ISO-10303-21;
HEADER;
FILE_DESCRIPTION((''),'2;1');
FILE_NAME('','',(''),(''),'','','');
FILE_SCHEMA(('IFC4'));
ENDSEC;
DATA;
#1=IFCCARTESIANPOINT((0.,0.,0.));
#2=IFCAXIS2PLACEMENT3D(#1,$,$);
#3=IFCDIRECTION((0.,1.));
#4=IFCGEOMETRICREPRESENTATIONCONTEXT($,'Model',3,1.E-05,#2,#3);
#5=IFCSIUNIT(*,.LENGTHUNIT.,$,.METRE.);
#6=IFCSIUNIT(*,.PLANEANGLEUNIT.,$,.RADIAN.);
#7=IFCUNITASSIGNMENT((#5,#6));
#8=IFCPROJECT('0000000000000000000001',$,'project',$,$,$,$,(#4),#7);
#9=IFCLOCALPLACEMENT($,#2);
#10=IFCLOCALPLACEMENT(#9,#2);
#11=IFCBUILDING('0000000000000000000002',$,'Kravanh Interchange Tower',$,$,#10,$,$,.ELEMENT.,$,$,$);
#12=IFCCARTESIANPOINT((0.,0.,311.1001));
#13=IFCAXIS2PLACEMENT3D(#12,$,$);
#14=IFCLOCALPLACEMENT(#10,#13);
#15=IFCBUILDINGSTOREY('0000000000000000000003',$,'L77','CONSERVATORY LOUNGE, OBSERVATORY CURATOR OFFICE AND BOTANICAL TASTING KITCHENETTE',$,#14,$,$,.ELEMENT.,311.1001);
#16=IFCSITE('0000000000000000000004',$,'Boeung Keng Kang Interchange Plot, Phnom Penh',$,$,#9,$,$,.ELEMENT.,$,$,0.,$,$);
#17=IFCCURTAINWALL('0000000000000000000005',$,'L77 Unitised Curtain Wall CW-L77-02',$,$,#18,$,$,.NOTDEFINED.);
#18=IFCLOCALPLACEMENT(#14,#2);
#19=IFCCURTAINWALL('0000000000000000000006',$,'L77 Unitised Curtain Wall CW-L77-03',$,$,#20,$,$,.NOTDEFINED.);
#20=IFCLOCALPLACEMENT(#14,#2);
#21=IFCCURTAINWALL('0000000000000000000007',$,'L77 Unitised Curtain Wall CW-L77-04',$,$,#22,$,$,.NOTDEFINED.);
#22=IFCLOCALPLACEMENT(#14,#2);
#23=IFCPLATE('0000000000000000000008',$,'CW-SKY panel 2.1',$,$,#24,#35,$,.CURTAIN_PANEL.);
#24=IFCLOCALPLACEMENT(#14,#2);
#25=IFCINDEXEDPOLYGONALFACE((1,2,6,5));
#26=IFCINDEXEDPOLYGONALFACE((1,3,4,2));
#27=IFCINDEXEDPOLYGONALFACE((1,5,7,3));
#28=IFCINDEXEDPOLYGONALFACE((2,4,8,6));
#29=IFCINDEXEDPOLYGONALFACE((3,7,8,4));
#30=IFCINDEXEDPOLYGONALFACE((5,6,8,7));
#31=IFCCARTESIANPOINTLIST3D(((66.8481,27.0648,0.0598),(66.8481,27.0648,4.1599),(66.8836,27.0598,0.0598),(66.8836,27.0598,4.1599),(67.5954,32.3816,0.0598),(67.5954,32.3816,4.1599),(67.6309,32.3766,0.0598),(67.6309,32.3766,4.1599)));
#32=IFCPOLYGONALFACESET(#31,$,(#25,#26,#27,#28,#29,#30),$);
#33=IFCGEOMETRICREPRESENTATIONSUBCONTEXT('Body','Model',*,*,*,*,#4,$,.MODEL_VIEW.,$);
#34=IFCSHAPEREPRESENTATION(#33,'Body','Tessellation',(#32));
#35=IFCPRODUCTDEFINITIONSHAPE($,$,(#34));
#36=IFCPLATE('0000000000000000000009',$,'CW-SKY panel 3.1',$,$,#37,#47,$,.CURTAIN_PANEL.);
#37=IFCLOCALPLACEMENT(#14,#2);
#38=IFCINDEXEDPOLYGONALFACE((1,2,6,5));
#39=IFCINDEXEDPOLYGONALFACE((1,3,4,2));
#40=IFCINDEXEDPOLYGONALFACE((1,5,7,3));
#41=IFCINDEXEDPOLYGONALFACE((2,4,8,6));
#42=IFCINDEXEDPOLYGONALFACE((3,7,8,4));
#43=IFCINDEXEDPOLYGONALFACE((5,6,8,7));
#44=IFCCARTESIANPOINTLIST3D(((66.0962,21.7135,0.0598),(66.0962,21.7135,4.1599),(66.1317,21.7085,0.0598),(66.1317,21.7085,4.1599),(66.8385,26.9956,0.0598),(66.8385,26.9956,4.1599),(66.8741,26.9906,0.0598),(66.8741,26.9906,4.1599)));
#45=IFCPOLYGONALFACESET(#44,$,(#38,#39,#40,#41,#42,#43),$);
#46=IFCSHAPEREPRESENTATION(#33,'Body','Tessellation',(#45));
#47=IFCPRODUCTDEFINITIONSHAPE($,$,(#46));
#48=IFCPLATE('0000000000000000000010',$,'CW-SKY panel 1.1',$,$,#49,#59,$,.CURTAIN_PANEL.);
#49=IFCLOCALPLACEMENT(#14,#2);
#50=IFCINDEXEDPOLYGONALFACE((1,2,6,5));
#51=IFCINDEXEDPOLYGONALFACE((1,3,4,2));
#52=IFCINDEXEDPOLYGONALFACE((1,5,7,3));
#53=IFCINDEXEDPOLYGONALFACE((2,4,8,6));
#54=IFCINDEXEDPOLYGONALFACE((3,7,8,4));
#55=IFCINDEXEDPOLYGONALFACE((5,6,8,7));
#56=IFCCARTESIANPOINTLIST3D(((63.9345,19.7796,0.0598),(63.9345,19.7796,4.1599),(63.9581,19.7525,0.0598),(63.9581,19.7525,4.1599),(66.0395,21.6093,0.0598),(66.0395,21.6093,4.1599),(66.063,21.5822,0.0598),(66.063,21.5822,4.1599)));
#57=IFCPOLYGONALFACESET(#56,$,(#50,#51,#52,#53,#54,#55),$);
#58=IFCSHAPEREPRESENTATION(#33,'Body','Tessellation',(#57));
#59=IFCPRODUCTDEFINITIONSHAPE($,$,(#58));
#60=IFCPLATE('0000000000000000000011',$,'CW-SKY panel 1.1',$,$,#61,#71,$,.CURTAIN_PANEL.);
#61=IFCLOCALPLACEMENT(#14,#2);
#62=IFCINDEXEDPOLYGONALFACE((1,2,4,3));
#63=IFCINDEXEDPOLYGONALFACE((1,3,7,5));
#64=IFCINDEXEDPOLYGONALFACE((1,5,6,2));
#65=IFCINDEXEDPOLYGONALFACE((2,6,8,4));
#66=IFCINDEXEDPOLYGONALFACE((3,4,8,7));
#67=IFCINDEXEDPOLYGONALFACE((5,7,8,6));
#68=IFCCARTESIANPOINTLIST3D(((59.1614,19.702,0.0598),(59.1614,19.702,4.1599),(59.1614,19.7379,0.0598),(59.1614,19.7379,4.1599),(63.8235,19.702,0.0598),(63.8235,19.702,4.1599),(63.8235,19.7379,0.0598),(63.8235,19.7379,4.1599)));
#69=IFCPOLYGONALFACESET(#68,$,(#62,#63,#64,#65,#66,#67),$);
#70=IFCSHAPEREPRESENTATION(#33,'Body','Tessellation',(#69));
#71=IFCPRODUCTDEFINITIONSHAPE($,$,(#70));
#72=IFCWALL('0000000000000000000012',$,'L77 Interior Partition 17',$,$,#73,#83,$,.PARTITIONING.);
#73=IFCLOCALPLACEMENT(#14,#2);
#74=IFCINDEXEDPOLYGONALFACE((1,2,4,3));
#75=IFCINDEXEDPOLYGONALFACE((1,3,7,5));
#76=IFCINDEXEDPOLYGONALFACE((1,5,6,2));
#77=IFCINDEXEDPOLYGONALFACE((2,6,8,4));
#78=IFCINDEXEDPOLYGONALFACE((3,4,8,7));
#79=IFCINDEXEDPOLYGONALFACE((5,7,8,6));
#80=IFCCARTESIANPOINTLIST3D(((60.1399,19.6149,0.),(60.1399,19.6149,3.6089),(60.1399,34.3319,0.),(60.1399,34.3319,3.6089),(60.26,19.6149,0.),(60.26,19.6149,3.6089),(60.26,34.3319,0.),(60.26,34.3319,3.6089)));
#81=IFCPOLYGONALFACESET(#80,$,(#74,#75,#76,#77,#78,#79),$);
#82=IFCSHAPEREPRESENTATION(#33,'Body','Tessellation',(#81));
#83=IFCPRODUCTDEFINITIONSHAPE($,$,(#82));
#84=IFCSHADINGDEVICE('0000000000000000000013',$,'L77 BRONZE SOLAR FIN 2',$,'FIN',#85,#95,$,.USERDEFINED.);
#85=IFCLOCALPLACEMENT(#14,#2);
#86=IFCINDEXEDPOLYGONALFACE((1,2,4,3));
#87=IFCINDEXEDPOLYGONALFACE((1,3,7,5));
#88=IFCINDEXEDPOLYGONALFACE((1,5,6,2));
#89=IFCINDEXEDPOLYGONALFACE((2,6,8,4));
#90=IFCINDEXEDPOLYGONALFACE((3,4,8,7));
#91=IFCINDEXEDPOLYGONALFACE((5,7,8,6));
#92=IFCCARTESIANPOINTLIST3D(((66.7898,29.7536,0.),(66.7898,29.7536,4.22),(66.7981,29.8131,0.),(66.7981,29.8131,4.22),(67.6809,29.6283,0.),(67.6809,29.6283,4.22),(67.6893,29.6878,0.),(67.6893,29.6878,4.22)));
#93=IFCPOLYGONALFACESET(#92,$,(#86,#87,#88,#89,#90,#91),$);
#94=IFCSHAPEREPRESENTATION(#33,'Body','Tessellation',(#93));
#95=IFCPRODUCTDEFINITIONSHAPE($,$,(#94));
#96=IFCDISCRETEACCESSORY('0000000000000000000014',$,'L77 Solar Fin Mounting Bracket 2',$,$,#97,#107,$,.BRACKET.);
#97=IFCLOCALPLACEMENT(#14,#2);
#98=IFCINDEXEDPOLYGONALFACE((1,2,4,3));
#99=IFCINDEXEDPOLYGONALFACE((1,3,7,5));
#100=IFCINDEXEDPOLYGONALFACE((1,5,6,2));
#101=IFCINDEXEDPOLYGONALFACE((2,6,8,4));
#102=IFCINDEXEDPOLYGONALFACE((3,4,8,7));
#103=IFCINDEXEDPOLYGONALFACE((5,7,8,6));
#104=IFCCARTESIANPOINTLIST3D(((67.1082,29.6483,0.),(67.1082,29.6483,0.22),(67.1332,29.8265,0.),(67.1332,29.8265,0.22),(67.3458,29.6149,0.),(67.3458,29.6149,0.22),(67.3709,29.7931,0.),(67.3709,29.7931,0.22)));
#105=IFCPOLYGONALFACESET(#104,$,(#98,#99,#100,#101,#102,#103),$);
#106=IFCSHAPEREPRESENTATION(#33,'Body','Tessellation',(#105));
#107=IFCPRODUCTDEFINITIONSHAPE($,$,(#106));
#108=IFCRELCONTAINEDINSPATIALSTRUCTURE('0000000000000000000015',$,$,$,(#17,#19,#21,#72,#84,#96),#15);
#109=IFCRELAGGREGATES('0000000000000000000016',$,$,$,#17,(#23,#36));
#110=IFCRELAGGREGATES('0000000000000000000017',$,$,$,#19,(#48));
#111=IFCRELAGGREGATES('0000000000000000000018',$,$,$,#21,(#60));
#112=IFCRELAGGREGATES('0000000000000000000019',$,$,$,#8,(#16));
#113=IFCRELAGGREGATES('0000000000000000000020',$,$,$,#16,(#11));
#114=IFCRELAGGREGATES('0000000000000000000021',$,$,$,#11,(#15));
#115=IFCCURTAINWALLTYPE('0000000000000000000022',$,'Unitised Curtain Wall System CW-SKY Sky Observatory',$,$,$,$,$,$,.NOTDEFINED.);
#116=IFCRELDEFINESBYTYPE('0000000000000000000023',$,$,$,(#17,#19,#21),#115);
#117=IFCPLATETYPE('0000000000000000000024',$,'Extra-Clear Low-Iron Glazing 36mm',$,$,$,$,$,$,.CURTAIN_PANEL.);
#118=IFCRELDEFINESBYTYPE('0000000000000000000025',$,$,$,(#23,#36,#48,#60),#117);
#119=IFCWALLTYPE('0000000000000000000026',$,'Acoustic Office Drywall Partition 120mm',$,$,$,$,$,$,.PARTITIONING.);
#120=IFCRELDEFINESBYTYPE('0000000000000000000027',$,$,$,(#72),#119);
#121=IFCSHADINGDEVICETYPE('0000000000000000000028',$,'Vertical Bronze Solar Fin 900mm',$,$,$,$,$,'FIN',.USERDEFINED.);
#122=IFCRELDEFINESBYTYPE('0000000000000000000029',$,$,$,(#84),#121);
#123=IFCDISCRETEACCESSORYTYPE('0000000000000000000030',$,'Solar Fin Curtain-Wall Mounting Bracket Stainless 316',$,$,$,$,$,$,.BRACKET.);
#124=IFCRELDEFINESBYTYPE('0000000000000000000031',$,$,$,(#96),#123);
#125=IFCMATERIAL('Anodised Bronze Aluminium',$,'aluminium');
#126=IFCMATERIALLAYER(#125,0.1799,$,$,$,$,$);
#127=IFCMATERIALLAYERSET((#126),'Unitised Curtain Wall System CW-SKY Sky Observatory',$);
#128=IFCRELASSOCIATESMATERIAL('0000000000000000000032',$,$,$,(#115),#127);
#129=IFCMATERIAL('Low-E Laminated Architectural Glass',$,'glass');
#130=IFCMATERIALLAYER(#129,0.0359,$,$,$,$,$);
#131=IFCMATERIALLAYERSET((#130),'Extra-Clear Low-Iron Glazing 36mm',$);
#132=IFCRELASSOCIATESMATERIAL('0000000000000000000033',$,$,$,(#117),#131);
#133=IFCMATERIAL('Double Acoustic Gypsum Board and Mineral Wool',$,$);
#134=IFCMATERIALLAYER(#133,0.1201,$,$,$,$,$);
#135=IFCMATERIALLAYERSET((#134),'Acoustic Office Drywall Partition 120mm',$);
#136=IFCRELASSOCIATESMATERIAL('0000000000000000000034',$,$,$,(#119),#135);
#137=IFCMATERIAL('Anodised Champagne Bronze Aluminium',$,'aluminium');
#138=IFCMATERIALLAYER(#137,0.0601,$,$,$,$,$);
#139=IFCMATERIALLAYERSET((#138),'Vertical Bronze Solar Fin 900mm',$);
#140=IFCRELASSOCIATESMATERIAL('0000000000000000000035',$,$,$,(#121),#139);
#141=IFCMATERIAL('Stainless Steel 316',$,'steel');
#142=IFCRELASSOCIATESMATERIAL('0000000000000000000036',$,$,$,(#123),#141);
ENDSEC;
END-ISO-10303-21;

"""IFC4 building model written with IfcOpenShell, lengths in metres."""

from ifc_helpers import new_model, si_unit, direction, frame, frame_2d, origin, origin_2d, place, context, subcontext, project, spatial, rectangle, extrude, material, layer, layer_set, type_object, element, aggregate, save


model = new_model("IFC4")

# Units and contexts
model_context = context("Model", 3, precision=1e-05, world=origin(), true_north=direction((0.0, 1.0)))
body_context = subcontext(model_context, "Body", "Model", "MODEL_VIEW")
ifc_project = project(units=[si_unit("LENGTHUNIT", "METRE"), si_unit("PLANEANGLEUNIT", "RADIAN")], contexts=[model_context])

# Site, building, storey
site_placement = place(None, origin())
site = spatial("IfcSite", under=ifc_project, at=site_placement, Name="Boeung Keng Kang Interchange Plot, Phnom Penh", CompositionType="ELEMENT", RefElevation=0.0)
building_placement = place(site_placement, origin())
building = spatial("IfcBuilding", under=site, at=building_placement, Name="Kravanh Interchange Tower", CompositionType="ELEMENT")
storey_placement = place(building_placement, frame((0.0, 0.0, 311.1001)))
storey = spatial("IfcBuildingStorey", under=building, at=storey_placement, Name="L77", Description="CONSERVATORY LOUNGE, OBSERVATORY CURATOR OFFICE AND BOTANICAL TASTING KITCHENETTE", CompositionType="ELEMENT", Elevation=311.1001)

# Curtain walls
ifc_material_1 = material(Name="Anodised Bronze Aluminium", Category="aluminium")
ifc_layer_1 = layer(ifc_material_1, 0.1799)
ifc_layer_set_1 = layer_set([ifc_layer_1], Name="Unitised Curtain Wall System CW-SKY Sky Observatory")
curtain_wall_type = type_object("IfcCurtainWallType", Name="Unitised Curtain Wall System CW-SKY Sky Observatory", PredefinedType="NOTDEFINED", material=ifc_layer_set_1)
curtain_wall_1_placement = place(storey_placement, origin())
curtain_wall_1 = element("IfcCurtainWall", 1, at=curtain_wall_1_placement, inside=storey, type_object=curtain_wall_type, Name="L77 Unitised Curtain Wall CW-L77-02", PredefinedType="NOTDEFINED")
curtain_wall_2_placement = place(storey_placement, origin())
curtain_wall_2 = element("IfcCurtainWall", 2, at=curtain_wall_2_placement, inside=storey, type_object=curtain_wall_type, Name="L77 Unitised Curtain Wall CW-L77-03", PredefinedType="NOTDEFINED")

# Curtain wall
curtain_wall_3_placement = place(storey_placement, origin())
curtain_wall_3 = element("IfcCurtainWall", 3, at=curtain_wall_3_placement, inside=storey, type_object=curtain_wall_type, Name="L77 Unitised Curtain Wall CW-L77-04", PredefinedType="NOTDEFINED")

# Plates
ifc_material_2 = material(Name="Low-E Laminated Architectural Glass", Category="glass")
ifc_layer_2 = layer(ifc_material_2, 0.0359)
ifc_layer_set_2 = layer_set([ifc_layer_2], Name="Extra-Clear Low-Iron Glazing 36mm")
plate_type = type_object("IfcPlateType", Name="Extra-Clear Low-Iron Glazing 36mm", PredefinedType="CURTAIN_PANEL", material=ifc_layer_set_2)
plate_1_placement = place(storey_placement, frame((67.2395, 29.7207, 0.0598), z_axis=(0.0, 0.0, 1.0), x_axis=(-0.139178, -0.990267, 0.0)))
plate_1 = element("IfcPlate", 4, at=plate_1_placement, type_object=plate_type, Name="CW-SKY panel 2.1", PredefinedType="CURTAIN_PANEL", context=body_context, shape_type="SweptSolid", body=[
    extrude(rectangle(XDim=5.3691, YDim=0.0359, at=origin_2d()), origin(), (0.0, 0.0, 1.0), 4.1001),
])
plate_2_placement = place(storey_placement, frame((66.4851, 24.3521, 0.0598), z_axis=(0.0, 0.0, 1.0), x_axis=(-0.139178, -0.990267, 0.0)))
plate_2 = element("IfcPlate", 5, at=plate_2_placement, type_object=plate_type, Name="CW-SKY panel 3.1", PredefinedType="CURTAIN_PANEL", context=body_context, shape_type="SweptSolid", body=[
    extrude(rectangle(XDim=5.334, YDim=0.0359, at=origin_2d()), origin(), (0.0, 0.0, 1.0), 4.1001),
])
aggregate(curtain_wall_1, [plate_1, plate_2])
plate_3_placement = place(storey_placement, frame((64.9988, 20.6809, 0.0598), z_axis=(0.0, 0.0, 1.0), x_axis=(-0.754717, -0.65605, 0.0)))
plate_3 = element("IfcPlate", 6, at=plate_3_placement, type_object=plate_type, Name="CW-SKY panel 1.1", PredefinedType="CURTAIN_PANEL", context=body_context, shape_type="SweptSolid", body=[
    extrude(rectangle(XDim=2.7891, YDim=0.0359, at=origin_2d()), origin(), (0.0, 0.0, 1.0), 4.1001),
])
aggregate(curtain_wall_2, [plate_3])
plate_4_placement = place(storey_placement, frame((61.4924, 19.72, 0.0598), z_axis=(0.0, 0.0, 1.0), x_axis=(-1.0, 0.0, 0.0)))
plate_4 = element("IfcPlate", 7, at=plate_4_placement, type_object=plate_type, Name="CW-SKY panel 1.1", PredefinedType="CURTAIN_PANEL", context=body_context, shape_type="SweptSolid", body=[
    extrude(rectangle(XDim=4.6621, YDim=0.0359, at=origin_2d()), origin(), (0.0, 0.0, 1.0), 4.1001),
])
aggregate(curtain_wall_3, [plate_4])

# Wall
ifc_material_3 = material(Name="Double Acoustic Gypsum Board and Mineral Wool")
ifc_layer_3 = layer(ifc_material_3, 0.1201)
ifc_layer_set_3 = layer_set([ifc_layer_3], Name="Acoustic Office Drywall Partition 120mm")
wall_type = type_object("IfcWallType", Name="Acoustic Office Drywall Partition 120mm", PredefinedType="PARTITIONING", material=ifc_layer_set_3)
wall_placement = place(storey_placement, frame((60.2, 19.615, 0.0), z_axis=(0.0, 0.0, 1.0), x_axis=(0.0, 1.0, 0.0)))
element("IfcWall", 8, at=wall_placement, inside=storey, type_object=wall_type, Name="L77 Interior Partition 17", PredefinedType="PARTITIONING", context=body_context, shape_type="SweptSolid", body=[
    extrude(rectangle(XDim=14.717, YDim=0.1201, at=frame_2d((7.3584, 0.0))), origin(), (0.0, 0.0, 1.0), 3.6089),
])

# Shading device
ifc_material_4 = material(Name="Anodised Champagne Bronze Aluminium", Category="aluminium")
ifc_layer_4 = layer(ifc_material_4, 0.0601)
ifc_layer_set_4 = layer_set([ifc_layer_4], Name="Vertical Bronze Solar Fin 900mm")
shading_device_type = type_object("IfcShadingDeviceType", Name="Vertical Bronze Solar Fin 900mm", ElementType="FIN", PredefinedType="USERDEFINED", material=ifc_layer_set_4)
shading_device_placement = place(storey_placement, frame((67.2395, 29.7207, 0.0), z_axis=(0.0, 0.0, 1.0), x_axis=(0.990268, -0.139175, 0.0)))
element("IfcShadingDevice", 9, at=shading_device_placement, inside=storey, type_object=shading_device_type, Name="L77 BRONZE SOLAR FIN 2", ObjectType="FIN", PredefinedType="USERDEFINED", context=body_context, shape_type="SweptSolid", body=[
    extrude(rectangle(XDim=0.8999, YDim=0.0601, at=origin_2d()), origin(), (0.0, 0.0, 1.0), 4.22),
])

# Discrete accessory
ifc_material_5 = material(Name="Stainless Steel 316", Category="steel")
discrete_accessory_type = type_object("IfcDiscreteAccessoryType", Name="Solar Fin Curtain-Wall Mounting Bracket Stainless 316", PredefinedType="BRACKET", material=ifc_material_5)
discrete_accessory_placement = place(storey_placement, frame((67.2395, 29.7207, 0.0), z_axis=(0.0, 0.0, 1.0), x_axis=(0.990268, -0.139175, 0.0)))
element("IfcDiscreteAccessory", 10, at=discrete_accessory_placement, inside=storey, type_object=discrete_accessory_type, Name="L77 Solar Fin Mounting Bracket 2", PredefinedType="BRACKET", context=body_context, shape_type="SweptSolid", body=[
    extrude(rectangle(XDim=0.24, YDim=0.1799, at=origin_2d()), origin(), (0.0, 0.0, 1.0), 0.22),
])

save(model, "model.ifc")
